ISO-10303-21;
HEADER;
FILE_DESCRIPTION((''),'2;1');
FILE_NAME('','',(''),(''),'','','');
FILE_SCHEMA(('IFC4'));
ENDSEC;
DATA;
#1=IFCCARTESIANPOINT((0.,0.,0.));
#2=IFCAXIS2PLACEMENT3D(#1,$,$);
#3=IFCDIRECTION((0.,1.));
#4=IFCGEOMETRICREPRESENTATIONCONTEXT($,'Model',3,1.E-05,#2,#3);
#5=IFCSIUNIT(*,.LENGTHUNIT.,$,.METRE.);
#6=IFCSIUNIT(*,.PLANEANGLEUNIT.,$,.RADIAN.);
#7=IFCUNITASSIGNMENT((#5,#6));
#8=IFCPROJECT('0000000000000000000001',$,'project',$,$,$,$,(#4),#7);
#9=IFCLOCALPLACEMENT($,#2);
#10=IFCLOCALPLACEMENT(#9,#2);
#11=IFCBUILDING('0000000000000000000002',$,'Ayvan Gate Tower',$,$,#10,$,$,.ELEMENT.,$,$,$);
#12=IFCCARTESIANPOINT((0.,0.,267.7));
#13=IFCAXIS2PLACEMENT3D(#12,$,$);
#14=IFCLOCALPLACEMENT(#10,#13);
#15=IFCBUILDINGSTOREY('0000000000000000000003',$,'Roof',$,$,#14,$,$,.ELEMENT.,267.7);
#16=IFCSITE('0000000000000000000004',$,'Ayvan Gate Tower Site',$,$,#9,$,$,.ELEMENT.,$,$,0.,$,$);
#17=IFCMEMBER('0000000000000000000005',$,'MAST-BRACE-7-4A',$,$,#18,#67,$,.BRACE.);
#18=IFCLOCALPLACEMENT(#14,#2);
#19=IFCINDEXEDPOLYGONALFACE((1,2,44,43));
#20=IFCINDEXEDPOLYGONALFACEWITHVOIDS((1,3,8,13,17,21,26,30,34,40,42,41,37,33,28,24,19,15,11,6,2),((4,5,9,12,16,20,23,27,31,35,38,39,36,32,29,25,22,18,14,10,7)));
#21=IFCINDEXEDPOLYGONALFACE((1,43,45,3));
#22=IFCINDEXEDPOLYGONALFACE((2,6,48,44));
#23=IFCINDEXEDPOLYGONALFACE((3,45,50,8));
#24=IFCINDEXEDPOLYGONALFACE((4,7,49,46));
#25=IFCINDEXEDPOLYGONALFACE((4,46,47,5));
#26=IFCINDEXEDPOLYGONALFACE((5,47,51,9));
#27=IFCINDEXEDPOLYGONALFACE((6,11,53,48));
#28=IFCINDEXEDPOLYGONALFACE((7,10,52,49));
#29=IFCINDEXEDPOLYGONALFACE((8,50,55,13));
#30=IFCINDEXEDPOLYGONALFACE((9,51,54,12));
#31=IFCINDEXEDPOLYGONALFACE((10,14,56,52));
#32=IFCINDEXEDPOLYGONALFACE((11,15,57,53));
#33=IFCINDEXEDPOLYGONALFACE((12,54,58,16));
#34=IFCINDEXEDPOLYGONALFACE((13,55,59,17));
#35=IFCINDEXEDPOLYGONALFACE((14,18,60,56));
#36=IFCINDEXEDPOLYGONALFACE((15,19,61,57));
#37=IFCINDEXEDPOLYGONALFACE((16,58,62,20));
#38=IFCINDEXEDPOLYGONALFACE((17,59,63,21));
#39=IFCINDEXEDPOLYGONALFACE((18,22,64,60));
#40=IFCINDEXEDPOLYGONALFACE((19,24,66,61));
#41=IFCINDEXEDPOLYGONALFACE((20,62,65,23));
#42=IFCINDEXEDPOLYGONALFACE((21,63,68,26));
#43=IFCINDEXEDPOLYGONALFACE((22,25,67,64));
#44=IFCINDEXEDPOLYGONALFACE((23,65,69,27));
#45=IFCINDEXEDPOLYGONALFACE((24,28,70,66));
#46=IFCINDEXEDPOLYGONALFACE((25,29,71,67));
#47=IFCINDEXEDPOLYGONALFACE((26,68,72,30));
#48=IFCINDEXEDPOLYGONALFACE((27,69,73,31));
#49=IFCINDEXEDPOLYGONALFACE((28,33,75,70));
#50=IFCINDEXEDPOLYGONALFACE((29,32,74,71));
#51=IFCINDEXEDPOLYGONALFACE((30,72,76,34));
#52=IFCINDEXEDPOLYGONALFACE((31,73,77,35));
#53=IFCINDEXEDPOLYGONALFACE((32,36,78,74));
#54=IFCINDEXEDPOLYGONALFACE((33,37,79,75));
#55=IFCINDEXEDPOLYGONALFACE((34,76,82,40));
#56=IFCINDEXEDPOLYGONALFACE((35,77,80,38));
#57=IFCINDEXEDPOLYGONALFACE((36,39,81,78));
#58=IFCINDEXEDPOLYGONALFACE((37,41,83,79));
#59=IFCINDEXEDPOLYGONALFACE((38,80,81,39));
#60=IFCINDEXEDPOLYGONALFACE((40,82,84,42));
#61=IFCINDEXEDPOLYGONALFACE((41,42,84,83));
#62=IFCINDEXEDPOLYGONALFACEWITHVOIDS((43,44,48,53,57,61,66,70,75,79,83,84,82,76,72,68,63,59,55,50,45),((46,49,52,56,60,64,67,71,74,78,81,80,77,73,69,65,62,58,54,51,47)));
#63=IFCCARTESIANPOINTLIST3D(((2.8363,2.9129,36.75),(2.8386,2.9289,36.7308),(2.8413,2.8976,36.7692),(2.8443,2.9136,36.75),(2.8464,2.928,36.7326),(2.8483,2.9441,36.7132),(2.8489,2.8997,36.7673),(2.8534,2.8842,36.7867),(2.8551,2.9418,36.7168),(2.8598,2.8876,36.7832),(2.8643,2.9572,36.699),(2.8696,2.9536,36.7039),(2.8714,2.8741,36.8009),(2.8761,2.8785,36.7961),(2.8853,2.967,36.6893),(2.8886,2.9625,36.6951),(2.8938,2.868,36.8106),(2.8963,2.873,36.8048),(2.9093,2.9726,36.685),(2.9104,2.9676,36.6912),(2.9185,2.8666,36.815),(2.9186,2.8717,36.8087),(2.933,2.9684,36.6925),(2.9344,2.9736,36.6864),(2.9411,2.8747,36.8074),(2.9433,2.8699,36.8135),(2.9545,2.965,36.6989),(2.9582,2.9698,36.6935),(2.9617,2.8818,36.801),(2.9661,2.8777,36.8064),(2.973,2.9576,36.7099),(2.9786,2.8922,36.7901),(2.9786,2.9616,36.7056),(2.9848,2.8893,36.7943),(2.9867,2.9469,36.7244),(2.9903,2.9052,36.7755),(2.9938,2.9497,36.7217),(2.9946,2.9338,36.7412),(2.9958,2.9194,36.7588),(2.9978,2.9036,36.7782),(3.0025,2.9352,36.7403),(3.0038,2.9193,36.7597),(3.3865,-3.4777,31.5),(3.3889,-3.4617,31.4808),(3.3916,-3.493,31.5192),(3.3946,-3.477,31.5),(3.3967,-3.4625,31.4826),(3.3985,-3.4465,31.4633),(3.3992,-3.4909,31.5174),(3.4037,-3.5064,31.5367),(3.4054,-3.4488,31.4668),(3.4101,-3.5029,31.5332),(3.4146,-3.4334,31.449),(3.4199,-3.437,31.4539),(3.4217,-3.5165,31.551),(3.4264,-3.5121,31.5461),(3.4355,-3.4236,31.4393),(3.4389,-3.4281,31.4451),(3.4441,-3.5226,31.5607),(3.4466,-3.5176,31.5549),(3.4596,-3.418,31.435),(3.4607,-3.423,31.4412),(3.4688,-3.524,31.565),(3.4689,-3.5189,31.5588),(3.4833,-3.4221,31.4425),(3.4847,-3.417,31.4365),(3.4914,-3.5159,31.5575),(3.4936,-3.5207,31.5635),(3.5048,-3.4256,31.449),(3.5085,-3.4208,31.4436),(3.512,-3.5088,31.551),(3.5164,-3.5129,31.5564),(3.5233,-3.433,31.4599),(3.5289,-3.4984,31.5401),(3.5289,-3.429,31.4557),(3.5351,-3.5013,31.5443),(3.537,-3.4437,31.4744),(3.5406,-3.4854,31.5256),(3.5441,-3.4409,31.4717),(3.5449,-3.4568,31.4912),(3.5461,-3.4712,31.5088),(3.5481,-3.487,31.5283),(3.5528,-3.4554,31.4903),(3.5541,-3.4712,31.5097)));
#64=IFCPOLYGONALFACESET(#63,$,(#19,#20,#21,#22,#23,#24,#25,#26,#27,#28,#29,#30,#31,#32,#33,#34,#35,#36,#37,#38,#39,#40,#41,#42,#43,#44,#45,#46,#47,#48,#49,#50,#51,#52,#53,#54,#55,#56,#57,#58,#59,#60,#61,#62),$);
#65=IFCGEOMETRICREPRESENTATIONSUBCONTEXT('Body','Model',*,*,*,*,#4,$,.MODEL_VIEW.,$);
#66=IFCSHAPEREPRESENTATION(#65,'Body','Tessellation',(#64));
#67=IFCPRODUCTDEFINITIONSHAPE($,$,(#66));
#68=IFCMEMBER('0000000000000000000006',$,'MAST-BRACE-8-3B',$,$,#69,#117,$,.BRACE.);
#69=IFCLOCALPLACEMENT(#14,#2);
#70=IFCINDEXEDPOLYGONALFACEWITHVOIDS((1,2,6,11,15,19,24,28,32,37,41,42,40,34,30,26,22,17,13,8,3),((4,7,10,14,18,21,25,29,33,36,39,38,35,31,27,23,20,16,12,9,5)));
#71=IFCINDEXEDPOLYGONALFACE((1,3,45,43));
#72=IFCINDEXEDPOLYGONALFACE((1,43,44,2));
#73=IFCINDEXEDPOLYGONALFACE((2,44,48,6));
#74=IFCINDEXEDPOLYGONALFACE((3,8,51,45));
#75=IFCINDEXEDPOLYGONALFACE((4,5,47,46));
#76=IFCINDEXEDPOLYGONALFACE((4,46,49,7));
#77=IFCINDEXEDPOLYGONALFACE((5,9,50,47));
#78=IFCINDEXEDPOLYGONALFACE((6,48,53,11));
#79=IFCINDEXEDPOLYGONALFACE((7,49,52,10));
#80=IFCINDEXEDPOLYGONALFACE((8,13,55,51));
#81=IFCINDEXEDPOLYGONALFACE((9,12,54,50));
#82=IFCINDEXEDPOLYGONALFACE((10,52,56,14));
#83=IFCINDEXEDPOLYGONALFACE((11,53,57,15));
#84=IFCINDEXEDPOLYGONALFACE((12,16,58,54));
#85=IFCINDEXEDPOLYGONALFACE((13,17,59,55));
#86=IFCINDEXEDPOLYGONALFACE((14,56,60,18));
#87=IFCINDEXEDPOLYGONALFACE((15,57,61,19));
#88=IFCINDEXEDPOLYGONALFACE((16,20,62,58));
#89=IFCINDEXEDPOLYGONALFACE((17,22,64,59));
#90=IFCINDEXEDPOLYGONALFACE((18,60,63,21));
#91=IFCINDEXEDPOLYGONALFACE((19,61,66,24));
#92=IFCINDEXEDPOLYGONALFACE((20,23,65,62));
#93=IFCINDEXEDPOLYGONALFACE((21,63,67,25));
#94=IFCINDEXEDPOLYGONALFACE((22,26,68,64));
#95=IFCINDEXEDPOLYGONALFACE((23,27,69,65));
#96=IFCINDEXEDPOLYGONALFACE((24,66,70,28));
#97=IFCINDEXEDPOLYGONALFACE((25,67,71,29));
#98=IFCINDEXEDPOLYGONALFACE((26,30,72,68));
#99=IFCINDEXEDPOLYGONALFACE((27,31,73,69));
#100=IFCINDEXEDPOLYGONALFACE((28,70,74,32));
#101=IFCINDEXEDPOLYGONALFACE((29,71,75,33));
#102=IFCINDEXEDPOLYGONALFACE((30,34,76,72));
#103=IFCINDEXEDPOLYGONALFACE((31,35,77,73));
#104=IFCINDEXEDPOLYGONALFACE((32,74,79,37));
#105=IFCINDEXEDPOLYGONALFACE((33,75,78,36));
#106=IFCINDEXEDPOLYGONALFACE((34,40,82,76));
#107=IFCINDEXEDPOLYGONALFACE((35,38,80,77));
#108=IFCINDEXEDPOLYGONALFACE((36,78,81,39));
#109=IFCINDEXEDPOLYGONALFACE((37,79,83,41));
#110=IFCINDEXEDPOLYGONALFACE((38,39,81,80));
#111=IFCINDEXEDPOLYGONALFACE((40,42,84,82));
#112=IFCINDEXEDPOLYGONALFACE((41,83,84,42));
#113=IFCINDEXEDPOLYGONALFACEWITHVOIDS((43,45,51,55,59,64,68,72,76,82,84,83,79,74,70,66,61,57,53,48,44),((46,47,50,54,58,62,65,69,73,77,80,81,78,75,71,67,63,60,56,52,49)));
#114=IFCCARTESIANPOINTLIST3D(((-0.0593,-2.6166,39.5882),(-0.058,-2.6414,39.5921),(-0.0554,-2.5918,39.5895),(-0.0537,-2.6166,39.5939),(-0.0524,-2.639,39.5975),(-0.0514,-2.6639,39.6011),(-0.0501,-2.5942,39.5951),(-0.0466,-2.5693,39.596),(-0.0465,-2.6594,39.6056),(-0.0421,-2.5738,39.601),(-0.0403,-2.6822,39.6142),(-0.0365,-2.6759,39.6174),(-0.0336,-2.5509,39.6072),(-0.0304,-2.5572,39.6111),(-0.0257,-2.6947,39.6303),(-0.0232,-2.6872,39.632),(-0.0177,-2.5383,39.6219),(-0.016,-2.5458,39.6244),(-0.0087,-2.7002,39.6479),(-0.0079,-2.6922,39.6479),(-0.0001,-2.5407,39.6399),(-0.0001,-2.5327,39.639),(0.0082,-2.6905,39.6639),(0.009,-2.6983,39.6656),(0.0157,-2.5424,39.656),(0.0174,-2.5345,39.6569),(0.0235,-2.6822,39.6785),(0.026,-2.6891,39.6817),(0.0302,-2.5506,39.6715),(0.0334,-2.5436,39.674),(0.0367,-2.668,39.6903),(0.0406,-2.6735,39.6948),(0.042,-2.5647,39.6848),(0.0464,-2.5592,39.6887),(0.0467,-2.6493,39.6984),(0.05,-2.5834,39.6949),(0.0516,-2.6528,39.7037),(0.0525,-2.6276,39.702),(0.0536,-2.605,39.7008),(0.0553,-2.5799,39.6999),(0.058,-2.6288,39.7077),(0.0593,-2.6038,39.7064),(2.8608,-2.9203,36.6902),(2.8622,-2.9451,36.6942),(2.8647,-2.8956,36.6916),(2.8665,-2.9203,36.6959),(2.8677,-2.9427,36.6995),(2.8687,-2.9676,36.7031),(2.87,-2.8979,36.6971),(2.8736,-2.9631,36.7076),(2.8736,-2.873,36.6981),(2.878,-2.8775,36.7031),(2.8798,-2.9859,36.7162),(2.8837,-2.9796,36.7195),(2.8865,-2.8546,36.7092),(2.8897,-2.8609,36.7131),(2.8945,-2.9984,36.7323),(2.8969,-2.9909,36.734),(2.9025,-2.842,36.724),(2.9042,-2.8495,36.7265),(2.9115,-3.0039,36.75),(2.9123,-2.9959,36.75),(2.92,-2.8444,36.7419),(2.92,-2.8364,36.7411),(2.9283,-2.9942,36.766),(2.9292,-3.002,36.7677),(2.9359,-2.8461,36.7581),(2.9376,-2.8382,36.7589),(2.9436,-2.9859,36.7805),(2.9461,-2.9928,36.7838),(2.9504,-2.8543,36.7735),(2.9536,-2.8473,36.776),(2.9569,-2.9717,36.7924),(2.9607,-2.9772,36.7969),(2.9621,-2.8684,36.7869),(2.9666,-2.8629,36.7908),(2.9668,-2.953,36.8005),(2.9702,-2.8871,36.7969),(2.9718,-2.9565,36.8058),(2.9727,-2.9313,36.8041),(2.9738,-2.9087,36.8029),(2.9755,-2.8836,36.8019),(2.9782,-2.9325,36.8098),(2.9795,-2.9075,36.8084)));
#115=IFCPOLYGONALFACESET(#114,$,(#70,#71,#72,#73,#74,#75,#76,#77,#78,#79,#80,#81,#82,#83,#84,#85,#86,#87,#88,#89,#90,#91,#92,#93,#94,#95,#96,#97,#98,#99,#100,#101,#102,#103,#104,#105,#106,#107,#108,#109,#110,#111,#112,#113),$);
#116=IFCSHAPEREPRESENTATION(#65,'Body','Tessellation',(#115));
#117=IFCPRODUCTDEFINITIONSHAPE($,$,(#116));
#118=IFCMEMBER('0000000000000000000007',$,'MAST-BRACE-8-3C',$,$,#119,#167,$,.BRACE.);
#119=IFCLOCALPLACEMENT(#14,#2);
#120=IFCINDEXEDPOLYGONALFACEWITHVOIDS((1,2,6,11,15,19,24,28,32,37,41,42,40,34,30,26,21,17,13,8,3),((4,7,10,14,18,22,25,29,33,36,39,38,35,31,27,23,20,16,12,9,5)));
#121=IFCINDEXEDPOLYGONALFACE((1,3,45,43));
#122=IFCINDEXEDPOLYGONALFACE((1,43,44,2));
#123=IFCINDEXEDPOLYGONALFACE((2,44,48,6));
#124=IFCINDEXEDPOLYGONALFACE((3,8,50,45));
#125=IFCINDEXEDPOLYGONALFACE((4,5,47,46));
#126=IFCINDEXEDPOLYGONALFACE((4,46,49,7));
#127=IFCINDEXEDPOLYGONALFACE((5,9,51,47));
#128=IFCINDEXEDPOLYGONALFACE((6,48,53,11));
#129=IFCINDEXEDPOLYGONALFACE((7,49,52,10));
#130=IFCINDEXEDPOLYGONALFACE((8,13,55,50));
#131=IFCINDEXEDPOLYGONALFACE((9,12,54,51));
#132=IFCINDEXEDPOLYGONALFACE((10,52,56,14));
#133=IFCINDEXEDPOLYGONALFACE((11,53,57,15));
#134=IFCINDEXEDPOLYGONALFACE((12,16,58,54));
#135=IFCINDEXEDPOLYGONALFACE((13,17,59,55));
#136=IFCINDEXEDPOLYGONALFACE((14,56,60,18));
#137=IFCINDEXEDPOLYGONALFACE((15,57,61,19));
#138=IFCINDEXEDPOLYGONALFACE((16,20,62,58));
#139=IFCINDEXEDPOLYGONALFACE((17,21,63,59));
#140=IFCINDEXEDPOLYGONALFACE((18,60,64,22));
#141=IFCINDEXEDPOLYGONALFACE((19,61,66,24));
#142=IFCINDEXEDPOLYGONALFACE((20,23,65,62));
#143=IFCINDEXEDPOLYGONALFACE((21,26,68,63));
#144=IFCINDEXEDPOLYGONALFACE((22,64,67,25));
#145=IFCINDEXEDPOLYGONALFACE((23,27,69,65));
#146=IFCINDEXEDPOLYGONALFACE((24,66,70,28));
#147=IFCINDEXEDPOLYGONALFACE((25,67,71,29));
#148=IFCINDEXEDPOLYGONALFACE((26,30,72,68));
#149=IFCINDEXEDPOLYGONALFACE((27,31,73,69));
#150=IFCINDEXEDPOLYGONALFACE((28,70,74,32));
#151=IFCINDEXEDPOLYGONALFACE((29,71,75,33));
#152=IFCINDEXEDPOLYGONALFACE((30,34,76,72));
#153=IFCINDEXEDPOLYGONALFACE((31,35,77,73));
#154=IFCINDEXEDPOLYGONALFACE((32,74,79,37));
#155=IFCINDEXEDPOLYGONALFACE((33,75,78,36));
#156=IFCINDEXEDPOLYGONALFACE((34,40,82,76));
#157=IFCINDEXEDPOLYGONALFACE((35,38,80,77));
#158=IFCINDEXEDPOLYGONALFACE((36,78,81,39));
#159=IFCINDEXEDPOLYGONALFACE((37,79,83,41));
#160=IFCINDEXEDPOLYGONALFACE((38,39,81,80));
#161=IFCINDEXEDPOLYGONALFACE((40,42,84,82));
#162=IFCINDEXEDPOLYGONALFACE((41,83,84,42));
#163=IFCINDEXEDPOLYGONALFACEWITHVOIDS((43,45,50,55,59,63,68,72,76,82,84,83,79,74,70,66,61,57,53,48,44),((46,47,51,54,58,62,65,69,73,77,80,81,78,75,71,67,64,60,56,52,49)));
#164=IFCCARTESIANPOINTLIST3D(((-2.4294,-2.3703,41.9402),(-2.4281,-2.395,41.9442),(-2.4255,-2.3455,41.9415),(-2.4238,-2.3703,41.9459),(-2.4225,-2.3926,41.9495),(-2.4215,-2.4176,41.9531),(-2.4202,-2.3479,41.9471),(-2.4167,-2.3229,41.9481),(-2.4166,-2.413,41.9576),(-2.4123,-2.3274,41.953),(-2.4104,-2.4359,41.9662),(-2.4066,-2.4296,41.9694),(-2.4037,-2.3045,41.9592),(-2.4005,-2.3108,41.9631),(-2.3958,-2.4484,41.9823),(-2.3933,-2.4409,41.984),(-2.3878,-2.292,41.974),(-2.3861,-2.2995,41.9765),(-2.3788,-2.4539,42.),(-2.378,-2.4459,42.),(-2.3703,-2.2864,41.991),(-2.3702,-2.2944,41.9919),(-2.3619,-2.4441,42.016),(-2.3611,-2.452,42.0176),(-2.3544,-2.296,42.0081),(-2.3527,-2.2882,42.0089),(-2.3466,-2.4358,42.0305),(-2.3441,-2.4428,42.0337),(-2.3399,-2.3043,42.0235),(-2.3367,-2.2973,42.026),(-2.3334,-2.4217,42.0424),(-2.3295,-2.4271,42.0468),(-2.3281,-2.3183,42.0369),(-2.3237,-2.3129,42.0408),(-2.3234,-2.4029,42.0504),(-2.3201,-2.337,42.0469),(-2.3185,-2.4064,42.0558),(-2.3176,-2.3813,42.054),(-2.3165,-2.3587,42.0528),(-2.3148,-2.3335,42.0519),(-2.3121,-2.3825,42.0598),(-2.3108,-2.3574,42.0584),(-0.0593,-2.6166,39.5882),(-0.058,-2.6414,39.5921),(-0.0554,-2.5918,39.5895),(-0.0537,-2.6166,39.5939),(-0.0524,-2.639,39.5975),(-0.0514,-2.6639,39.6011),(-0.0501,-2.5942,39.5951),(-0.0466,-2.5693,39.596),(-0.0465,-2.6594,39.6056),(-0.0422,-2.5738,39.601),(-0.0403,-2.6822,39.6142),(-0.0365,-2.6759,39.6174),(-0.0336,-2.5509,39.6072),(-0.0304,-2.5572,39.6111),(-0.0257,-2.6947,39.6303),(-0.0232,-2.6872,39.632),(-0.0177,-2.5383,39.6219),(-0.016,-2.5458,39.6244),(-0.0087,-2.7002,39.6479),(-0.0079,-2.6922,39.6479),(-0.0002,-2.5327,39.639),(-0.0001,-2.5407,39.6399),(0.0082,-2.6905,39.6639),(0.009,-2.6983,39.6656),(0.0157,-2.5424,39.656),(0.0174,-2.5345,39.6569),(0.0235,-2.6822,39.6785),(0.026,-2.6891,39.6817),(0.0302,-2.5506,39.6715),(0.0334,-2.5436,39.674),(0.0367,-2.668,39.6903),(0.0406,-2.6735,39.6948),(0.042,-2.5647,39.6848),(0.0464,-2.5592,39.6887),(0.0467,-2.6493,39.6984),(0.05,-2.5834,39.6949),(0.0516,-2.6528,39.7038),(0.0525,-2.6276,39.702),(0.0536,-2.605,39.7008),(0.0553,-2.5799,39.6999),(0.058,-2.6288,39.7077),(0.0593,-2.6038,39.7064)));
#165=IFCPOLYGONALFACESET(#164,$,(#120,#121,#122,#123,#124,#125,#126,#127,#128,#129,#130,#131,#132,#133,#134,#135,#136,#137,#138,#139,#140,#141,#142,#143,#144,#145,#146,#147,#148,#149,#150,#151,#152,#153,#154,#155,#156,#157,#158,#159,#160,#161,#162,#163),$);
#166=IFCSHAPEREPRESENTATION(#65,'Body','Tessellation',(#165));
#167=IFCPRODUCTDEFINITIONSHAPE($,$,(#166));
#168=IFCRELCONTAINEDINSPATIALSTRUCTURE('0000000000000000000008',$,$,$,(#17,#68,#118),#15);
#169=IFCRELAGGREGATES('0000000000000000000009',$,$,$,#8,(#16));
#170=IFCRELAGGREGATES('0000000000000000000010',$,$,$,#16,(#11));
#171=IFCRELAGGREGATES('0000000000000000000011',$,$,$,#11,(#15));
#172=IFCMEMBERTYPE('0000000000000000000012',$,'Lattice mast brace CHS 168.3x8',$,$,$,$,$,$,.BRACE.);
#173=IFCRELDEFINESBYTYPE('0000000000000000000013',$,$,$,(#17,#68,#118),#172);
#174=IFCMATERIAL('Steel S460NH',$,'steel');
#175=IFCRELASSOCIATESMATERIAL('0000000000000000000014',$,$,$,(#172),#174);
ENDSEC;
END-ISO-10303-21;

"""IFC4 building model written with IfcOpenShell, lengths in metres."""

from ifc_helpers import new_model, si_unit, direction, frame, origin, origin_2d, place, context, subcontext, project, spatial, hollow_circle, extrude, material, material_profile, profile_set, type_object, element, save


model = new_model("IFC4")

# Units and contexts
model_context = context("Model", 3, precision=1e-05, world=origin(), true_north=direction((0.0, 1.0)))
body_context = subcontext(model_context, "Body", "Model", "MODEL_VIEW")
ifc_project = project(units=[si_unit("LENGTHUNIT", "METRE"), si_unit("PLANEANGLEUNIT", "RADIAN")], contexts=[model_context])

# Site, building, storey
site_placement = place(None, origin())
site = spatial("IfcSite", under=ifc_project, at=site_placement, Name="Ayvan Gate Tower Site", CompositionType="ELEMENT", RefElevation=0.0)
building_placement = place(site_placement, origin())
building = spatial("IfcBuilding", under=site, at=building_placement, Name="Ayvan Gate Tower", CompositionType="ELEMENT")
storey_placement = place(building_placement, frame((0.0, 0.0, 267.7)))
storey = spatial("IfcBuildingStorey", under=building, at=storey_placement, Name="Roof", CompositionType="ELEMENT", Elevation=267.7)

# Members
ifc_material_1 = material(Name="Steel S460NH", Category="steel")
ifc_material_profile_1 = material_profile(ifc_material_1, hollow_circle(Radius=0.0842, WallThickness=0.0081, at=origin_2d()), Name="CHS 168.3x8")
ifc_profile_set_1 = profile_set([ifc_material_profile_1], Name="Steel S460NH")
member_type_1 = type_object("IfcMemberType", Name="Lattice mast brace CHS 168.3x8", PredefinedType="BRACE", material=ifc_profile_set_1)
member_1_placement = place(storey_placement, frame((3.4705, -3.4705, 31.5), z_axis=(-0.066389, 0.770988, 0.633379), x_axis=(-0.996313, -0.085792, 0.0)))
element("IfcMember", 1, at=member_1_placement, inside=storey, type_object=member_type_1, Name="MAST-BRACE-7-4A", PredefinedType="BRACE", context=body_context, shape_type="SweptSolid", body=[
    extrude(hollow_circle(Radius=0.0842, WallThickness=0.0081, at=origin_2d()), origin(), (0.0, 0.0, 1.0), 8.2888),
])
member_2_placement = place(storey_placement, frame((2.9202, -2.9202, 36.75), z_axis=(-0.707875, 0.073622, 0.70249), x_axis=(-0.103447, -0.994635, 0.0)))
element("IfcMember", 2, at=member_2_placement, inside=storey, type_object=member_type_1, Name="MAST-BRACE-8-3B", PredefinedType="BRACE", context=body_context, shape_type="SweptSolid", body=[
    extrude(hollow_circle(Radius=0.0842, WallThickness=0.0081, at=origin_2d()), origin(), (0.0, 0.0, 1.0), 4.1252),
])
member_3_placement = place(storey_placement, frame((0.0, -2.6165, 39.6479), z_axis=(-0.707883, 0.073574, 0.702487), x_axis=(-0.103378, -0.994642, 0.0)))
element("IfcMember", 3, at=member_3_placement, inside=storey, type_object=member_type_1, Name="MAST-BRACE-8-3C", PredefinedType="BRACE", context=body_context, shape_type="SweptSolid", body=[
    extrude(hollow_circle(Radius=0.0842, WallThickness=0.0081, at=origin_2d()), origin(), (0.0, 0.0, 1.0), 3.3481),
])

save(model, "model.ifc")
